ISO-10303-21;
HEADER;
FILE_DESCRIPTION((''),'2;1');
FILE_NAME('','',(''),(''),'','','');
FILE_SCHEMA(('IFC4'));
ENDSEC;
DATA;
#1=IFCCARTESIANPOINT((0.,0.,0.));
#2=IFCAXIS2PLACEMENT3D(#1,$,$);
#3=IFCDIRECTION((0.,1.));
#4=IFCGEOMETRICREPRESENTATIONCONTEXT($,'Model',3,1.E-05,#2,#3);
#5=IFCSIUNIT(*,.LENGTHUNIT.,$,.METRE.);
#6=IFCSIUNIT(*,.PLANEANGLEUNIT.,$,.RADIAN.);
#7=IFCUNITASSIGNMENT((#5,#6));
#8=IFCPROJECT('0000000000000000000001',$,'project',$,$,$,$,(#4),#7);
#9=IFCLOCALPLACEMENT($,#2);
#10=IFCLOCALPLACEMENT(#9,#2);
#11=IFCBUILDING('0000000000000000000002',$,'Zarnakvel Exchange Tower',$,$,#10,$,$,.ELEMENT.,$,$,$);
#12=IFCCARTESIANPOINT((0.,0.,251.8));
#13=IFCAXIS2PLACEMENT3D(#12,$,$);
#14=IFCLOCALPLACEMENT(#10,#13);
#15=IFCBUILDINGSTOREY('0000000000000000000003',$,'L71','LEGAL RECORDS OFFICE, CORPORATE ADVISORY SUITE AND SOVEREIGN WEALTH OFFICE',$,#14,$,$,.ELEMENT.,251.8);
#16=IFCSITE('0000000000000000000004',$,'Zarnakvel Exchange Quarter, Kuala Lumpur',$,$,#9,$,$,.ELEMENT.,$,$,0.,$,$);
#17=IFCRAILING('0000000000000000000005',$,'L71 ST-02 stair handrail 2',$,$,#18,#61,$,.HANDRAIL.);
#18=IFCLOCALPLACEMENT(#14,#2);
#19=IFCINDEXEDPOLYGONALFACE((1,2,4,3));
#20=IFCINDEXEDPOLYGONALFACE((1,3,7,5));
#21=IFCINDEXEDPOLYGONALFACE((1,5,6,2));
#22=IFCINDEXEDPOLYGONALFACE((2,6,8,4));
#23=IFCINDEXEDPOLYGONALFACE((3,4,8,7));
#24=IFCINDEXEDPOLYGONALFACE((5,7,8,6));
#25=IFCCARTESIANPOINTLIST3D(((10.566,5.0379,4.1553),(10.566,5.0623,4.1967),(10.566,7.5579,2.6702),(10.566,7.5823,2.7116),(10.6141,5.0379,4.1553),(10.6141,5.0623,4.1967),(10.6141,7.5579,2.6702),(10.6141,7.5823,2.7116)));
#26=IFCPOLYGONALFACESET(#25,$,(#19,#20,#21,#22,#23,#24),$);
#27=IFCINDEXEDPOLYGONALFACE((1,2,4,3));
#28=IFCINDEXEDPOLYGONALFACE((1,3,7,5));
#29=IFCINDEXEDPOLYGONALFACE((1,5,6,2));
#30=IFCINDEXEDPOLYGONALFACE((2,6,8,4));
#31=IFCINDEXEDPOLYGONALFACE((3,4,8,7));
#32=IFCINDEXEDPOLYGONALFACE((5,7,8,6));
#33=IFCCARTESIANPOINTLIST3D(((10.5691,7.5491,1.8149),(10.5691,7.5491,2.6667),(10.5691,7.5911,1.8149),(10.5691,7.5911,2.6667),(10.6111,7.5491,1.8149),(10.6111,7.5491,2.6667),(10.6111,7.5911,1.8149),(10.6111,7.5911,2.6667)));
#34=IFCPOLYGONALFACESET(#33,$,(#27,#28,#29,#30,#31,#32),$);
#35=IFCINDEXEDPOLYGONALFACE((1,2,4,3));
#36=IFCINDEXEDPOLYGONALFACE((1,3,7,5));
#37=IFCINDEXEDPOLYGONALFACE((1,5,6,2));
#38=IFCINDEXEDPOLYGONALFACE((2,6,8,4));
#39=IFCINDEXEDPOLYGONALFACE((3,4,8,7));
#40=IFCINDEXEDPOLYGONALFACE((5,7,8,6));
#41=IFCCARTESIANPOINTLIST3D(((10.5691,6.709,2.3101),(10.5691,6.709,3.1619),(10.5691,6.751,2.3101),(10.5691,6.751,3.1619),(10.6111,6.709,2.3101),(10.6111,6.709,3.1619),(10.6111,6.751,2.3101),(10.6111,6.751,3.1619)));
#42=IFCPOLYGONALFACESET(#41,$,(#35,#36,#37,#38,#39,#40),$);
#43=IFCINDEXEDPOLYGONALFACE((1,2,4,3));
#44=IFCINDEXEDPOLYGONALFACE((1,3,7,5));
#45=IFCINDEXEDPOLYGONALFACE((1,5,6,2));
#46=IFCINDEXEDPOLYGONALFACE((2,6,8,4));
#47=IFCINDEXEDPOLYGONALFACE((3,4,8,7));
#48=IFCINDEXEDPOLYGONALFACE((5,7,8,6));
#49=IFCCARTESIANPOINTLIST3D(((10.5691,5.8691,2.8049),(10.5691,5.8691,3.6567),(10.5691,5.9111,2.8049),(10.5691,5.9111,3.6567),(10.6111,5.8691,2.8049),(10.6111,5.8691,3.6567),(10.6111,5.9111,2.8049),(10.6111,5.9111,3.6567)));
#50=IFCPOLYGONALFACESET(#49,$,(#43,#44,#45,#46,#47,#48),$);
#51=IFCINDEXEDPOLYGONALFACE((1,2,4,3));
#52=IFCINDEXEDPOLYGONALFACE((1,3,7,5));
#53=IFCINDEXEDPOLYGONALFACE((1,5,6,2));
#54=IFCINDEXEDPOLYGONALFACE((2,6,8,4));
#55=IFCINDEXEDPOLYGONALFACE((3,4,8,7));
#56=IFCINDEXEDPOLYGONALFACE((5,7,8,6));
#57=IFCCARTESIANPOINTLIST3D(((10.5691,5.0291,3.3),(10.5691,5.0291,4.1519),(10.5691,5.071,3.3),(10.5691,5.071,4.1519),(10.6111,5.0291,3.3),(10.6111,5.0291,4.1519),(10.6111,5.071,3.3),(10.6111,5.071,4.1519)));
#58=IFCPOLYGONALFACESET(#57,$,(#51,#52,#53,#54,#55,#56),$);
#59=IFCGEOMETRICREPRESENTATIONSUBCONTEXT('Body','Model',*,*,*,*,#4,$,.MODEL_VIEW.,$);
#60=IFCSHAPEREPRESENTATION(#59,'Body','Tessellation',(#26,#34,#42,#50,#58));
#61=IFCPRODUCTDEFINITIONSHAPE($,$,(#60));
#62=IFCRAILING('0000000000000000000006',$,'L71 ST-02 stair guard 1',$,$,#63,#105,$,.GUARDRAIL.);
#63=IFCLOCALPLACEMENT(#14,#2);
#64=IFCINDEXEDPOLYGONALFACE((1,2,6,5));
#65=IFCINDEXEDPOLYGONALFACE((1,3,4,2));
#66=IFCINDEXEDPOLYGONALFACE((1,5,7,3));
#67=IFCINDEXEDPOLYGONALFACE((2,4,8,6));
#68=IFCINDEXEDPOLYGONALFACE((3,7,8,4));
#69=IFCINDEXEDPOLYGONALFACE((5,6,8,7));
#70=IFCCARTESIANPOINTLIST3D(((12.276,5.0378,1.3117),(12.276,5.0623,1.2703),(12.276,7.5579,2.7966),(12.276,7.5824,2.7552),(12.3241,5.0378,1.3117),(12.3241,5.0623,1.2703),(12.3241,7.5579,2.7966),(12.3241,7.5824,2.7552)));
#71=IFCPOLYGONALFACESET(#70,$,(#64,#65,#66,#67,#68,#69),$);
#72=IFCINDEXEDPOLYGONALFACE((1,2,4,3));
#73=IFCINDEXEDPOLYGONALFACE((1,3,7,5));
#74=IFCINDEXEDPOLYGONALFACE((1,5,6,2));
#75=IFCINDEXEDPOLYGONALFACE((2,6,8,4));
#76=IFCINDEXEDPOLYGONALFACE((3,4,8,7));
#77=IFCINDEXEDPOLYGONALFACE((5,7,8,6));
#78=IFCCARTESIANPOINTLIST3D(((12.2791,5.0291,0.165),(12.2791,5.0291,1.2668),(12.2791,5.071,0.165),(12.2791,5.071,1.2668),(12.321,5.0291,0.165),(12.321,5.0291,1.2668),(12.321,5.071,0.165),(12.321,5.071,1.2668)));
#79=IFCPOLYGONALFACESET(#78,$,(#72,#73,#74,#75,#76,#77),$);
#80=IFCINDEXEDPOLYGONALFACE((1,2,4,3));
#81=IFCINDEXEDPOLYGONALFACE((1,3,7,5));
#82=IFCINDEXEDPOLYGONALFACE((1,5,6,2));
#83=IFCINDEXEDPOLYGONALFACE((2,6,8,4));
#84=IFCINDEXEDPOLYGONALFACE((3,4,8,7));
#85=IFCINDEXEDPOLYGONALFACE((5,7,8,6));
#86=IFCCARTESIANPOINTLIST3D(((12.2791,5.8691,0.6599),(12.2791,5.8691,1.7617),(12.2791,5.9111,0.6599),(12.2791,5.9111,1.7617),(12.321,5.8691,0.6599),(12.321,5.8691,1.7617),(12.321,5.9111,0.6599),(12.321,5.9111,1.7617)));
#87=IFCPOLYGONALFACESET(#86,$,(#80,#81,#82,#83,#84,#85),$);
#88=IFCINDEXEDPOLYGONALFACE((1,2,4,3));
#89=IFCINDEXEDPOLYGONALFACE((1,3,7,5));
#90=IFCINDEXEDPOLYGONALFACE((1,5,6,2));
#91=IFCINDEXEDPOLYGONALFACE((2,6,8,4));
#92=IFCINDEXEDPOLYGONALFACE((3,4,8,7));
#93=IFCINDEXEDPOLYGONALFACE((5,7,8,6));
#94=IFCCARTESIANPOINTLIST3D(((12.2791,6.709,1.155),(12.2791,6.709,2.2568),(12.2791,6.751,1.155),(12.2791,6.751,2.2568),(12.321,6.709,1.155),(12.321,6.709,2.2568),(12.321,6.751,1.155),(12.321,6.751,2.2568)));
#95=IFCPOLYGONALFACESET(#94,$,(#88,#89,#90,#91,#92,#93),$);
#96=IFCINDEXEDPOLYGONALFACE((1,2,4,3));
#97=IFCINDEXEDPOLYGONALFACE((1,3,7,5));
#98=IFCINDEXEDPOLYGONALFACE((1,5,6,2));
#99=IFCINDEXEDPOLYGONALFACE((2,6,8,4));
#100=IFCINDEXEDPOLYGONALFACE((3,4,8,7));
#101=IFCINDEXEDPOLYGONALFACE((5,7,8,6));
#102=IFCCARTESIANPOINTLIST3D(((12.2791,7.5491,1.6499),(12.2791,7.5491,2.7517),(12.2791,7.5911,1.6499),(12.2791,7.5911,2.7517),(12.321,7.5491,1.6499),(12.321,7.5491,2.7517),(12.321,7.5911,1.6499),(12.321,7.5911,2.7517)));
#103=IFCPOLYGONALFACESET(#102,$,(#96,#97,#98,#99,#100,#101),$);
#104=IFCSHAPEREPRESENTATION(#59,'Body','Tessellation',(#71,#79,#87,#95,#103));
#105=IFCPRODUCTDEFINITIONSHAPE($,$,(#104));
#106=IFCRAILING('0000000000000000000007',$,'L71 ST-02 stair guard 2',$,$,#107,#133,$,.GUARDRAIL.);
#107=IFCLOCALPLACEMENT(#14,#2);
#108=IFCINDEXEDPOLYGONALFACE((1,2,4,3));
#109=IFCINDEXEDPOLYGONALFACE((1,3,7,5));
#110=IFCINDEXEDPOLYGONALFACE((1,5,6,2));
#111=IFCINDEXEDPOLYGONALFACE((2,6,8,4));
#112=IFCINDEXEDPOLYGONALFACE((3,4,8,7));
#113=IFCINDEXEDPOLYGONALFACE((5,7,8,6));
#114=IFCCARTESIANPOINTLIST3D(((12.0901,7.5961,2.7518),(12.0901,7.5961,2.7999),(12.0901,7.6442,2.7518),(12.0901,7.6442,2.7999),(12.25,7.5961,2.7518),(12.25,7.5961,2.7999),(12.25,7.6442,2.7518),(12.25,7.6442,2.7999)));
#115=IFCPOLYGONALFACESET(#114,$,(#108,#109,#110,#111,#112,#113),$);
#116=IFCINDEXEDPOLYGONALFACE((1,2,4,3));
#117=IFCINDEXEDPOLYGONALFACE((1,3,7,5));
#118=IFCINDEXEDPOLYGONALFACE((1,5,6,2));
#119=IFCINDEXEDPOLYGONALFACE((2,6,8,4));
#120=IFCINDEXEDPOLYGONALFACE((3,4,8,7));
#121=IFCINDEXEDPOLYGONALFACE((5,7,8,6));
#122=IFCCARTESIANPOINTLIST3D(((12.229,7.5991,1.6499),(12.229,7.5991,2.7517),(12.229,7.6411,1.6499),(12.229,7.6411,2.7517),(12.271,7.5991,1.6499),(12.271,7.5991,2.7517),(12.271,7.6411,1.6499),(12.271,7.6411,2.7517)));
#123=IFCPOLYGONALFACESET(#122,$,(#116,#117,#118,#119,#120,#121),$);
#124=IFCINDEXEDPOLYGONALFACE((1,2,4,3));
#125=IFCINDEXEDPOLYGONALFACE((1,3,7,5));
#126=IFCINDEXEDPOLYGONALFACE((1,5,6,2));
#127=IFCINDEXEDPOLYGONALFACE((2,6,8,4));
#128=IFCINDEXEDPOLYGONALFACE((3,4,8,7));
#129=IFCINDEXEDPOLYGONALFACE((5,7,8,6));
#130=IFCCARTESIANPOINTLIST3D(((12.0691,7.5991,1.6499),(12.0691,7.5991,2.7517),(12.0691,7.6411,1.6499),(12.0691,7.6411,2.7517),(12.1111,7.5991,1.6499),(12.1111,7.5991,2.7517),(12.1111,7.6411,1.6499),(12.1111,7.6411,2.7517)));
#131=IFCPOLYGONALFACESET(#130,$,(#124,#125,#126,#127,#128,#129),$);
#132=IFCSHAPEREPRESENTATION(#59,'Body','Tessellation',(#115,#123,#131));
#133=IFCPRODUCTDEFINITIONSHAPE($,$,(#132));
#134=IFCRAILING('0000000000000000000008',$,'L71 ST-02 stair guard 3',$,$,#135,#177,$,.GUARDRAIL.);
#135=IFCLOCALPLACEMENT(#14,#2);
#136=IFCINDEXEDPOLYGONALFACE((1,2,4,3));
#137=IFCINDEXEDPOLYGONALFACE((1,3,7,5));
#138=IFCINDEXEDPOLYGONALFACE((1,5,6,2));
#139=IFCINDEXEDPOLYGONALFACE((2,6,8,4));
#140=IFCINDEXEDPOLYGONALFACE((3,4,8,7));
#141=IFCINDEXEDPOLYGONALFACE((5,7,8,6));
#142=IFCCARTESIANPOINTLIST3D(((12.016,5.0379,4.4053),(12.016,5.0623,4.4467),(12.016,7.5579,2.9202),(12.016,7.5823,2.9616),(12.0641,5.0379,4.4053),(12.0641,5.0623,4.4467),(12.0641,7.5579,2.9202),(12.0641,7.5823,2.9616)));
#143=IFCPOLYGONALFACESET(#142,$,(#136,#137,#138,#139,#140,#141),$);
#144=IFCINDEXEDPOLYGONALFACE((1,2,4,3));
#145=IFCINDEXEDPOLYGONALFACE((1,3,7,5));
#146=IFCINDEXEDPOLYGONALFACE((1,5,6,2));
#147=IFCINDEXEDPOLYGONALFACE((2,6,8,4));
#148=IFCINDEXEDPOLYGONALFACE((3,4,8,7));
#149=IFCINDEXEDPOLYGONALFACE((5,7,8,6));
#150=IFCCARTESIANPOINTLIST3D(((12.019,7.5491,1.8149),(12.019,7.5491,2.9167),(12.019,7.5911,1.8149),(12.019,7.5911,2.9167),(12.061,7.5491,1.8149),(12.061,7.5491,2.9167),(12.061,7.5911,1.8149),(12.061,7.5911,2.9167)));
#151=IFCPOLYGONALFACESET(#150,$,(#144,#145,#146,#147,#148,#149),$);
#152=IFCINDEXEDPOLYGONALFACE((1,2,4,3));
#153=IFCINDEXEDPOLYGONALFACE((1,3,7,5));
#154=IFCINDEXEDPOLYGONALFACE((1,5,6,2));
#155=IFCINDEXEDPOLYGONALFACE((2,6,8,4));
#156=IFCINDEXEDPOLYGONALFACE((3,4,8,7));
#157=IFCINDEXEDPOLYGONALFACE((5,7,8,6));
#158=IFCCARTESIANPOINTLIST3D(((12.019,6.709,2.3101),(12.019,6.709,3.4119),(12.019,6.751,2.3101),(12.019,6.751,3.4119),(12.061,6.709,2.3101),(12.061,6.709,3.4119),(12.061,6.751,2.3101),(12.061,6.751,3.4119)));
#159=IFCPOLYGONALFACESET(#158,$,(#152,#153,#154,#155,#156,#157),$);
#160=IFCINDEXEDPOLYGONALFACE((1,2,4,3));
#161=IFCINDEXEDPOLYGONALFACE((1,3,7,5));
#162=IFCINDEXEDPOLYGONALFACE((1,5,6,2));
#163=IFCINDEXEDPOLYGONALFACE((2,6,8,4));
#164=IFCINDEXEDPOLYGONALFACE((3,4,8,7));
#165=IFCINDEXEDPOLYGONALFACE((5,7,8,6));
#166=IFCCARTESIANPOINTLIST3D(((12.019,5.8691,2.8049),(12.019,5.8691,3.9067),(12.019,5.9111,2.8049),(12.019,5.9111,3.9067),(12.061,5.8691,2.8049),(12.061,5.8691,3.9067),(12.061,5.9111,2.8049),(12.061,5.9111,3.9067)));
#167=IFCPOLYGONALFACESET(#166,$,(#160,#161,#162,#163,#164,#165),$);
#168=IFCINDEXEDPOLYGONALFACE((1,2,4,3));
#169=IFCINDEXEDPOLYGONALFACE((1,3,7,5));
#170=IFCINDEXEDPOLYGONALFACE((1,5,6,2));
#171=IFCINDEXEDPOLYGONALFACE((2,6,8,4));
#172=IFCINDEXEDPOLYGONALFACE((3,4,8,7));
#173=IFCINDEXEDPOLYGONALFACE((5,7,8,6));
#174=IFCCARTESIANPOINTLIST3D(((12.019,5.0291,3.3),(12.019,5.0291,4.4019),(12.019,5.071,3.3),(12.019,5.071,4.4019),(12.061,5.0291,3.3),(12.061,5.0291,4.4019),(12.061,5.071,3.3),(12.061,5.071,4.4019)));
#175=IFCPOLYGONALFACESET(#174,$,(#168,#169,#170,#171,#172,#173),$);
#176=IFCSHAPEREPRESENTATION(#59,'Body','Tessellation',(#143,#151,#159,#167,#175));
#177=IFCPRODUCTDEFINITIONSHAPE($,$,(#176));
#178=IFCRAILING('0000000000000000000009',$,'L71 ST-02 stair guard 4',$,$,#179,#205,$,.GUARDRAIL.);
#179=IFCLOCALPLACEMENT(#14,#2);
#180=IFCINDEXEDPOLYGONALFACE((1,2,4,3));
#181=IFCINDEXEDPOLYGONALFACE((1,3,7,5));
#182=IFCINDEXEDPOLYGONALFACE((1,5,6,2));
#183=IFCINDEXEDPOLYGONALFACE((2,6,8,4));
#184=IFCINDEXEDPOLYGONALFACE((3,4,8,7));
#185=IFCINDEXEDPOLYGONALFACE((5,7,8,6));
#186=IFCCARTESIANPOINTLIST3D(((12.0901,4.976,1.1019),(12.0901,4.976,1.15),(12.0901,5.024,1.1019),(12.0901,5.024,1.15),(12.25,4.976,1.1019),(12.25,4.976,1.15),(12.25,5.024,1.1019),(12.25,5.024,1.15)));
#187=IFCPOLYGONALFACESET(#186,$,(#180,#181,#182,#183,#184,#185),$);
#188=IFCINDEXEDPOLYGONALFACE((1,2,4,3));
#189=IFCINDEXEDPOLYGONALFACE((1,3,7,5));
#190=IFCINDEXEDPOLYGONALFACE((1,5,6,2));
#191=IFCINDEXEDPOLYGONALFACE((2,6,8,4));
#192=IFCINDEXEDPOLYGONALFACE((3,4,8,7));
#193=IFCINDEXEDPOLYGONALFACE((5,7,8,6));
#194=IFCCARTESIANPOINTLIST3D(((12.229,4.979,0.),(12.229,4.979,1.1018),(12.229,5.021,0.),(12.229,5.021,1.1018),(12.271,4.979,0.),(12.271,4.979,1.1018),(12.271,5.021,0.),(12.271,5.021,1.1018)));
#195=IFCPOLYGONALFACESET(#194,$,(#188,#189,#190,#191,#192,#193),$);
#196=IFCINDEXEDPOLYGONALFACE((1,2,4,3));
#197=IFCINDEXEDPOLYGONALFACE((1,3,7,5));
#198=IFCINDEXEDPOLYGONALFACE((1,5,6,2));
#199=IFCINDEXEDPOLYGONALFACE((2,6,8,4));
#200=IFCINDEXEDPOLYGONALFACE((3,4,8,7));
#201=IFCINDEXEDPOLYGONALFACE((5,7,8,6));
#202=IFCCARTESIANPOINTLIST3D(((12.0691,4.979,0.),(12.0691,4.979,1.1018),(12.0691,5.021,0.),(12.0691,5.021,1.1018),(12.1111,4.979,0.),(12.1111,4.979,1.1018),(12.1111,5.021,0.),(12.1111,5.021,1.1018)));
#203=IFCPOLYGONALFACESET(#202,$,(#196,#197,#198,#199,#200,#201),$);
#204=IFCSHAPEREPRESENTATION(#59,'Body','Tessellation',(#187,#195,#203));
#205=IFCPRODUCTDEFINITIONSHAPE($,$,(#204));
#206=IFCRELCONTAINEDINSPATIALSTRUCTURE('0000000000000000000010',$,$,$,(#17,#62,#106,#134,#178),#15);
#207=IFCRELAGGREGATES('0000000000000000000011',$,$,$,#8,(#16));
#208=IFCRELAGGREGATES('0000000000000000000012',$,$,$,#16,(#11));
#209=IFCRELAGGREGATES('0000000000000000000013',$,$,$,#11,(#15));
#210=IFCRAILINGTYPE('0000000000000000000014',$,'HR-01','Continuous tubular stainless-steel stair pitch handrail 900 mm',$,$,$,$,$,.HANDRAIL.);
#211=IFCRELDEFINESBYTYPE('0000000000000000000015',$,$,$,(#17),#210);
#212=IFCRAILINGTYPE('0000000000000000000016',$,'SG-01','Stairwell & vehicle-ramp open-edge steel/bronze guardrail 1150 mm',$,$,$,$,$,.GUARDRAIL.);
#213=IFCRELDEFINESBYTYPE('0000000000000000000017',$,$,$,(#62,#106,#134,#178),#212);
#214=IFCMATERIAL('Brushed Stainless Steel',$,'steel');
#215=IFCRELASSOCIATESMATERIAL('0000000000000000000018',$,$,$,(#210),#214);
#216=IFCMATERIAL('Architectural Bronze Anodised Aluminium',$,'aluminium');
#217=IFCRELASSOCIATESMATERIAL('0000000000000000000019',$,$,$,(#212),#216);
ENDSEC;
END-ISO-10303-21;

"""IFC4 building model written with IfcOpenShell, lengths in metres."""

from ifc_helpers import new_model, si_unit, direction, frame, origin, origin_2d, place, context, subcontext, project, spatial, rectangle, extrude, material, type_object, element, save


model = new_model("IFC4")

# Units and contexts
model_context = context("Model", 3, precision=1e-05, world=origin(), true_north=direction((0.0, 1.0)))
body_context = subcontext(model_context, "Body", "Model", "MODEL_VIEW")
ifc_project = project(units=[si_unit("LENGTHUNIT", "METRE"), si_unit("PLANEANGLEUNIT", "RADIAN")], contexts=[model_context])

# Site, building, storey
site_placement = place(None, origin())
site = spatial("IfcSite", under=ifc_project, at=site_placement, Name="Zarnakvel Exchange Quarter, Kuala Lumpur", CompositionType="ELEMENT", RefElevation=0.0)
building_placement = place(site_placement, origin())
building = spatial("IfcBuilding", under=site, at=building_placement, Name="Zarnakvel Exchange Tower", CompositionType="ELEMENT")
storey_placement = place(building_placement, frame((0.0, 0.0, 251.8)))
storey = spatial("IfcBuildingStorey", under=building, at=storey_placement, Name="L71", Description="LEGAL RECORDS OFFICE, CORPORATE ADVISORY SUITE AND SOVEREIGN WEALTH OFFICE", CompositionType="ELEMENT", Elevation=251.8)

# Shared definitions
ifc_material_1 = material(Name="Architectural Bronze Anodised Aluminium", Category="aluminium")

# Railings
ifc_material_2 = material(Name="Brushed Stainless Steel", Category="steel")
railing_type_1 = type_object("IfcRailingType", Name="HR-01", Description="Continuous tubular stainless-steel stair pitch handrail 900 mm", PredefinedType="HANDRAIL", material=ifc_material_2)
railing_1_placement = place(storey_placement, frame((10.5901, 7.5701, 1.8149)))
element("IfcRailing", 1, at=railing_1_placement, inside=storey, type_object=railing_type_1, Name="L71 ST-02 stair handrail 2", PredefinedType="HANDRAIL", context=body_context, shape_type="SweptSolid", body=[
    extrude(rectangle(XDim=0.0481, YDim=0.0481, at=origin_2d()), frame((0.0, 0.0, 0.876), z_axis=(0.0, -0.861524, 0.507717), x_axis=(1.0, 0.0, 0.0)), (0.0, 0.0, 1.0), 2.925),
    extrude(rectangle(XDim=0.042, YDim=0.042, at=origin_2d()), origin(), (0.0, 0.0, 1.0), 0.8518),
    extrude(rectangle(XDim=0.042, YDim=0.042, at=origin_2d()), frame((0.0, -0.8401, 0.4951)), (0.0, 0.0, 1.0), 0.8518),
    extrude(rectangle(XDim=0.042, YDim=0.042, at=origin_2d()), frame((0.0, -1.6799, 0.99)), (0.0, 0.0, 1.0), 0.8518),
    extrude(rectangle(XDim=0.042, YDim=0.042, at=origin_2d()), frame((0.0, -2.52, 1.4851)), (0.0, 0.0, 1.0), 0.8518),
])
railing_type_2 = type_object("IfcRailingType", Name="SG-01", Description="Stairwell & vehicle-ramp open-edge steel/bronze guardrail 1150 mm", PredefinedType="GUARDRAIL", material=ifc_material_1)
railing_2_placement = place(storey_placement, frame((12.3, 5.05, 0.165)))
element("IfcRailing", 2, at=railing_2_placement, inside=storey, type_object=railing_type_2, Name="L71 ST-02 stair guard 1", PredefinedType="GUARDRAIL", context=body_context, shape_type="SweptSolid", body=[
    extrude(rectangle(XDim=0.0481, YDim=0.0481, at=origin_2d()), frame((0.0, 0.0, 1.126), z_axis=(0.0, 0.861561, 0.507655), x_axis=(-1.0, 0.0, 0.0)), (0.0, 0.0, 1.0), 2.925),
    extrude(rectangle(XDim=0.042, YDim=0.042, at=origin_2d()), origin(), (0.0, 0.0, 1.0), 1.1018),
    extrude(rectangle(XDim=0.042, YDim=0.042, at=origin_2d()), frame((0.0, 0.8401, 0.4949)), (0.0, 0.0, 1.0), 1.1018),
    extrude(rectangle(XDim=0.042, YDim=0.042, at=origin_2d()), frame((0.0, 1.6799, 0.99)), (0.0, 0.0, 1.0), 1.1018),
    extrude(rectangle(XDim=0.042, YDim=0.042, at=origin_2d()), frame((0.0, 2.52, 1.4849)), (0.0, 0.0, 1.0), 1.1018),
])
railing_3_placement = place(storey_placement, frame((12.25, 7.6201, 1.6499)))
element("IfcRailing", 3, at=railing_3_placement, inside=storey, type_object=railing_type_2, Name="L71 ST-02 stair guard 2", PredefinedType="GUARDRAIL", context=body_context, shape_type="SweptSolid", body=[
    extrude(rectangle(XDim=0.0481, YDim=0.0481, at=origin_2d()), frame((0.0, 0.0, 1.126), z_axis=(-1.0, 0.0, 0.0), x_axis=(0.0, -1.0, 0.0)), (0.0, 0.0, 1.0), 0.1599),
    extrude(rectangle(XDim=0.042, YDim=0.042, at=origin_2d()), origin(), (0.0, 0.0, 1.0), 1.1018),
    extrude(rectangle(XDim=0.042, YDim=0.042, at=origin_2d()), frame((-0.1599, 0.0, 0.0)), (0.0, 0.0, 1.0), 1.1018),
])
railing_4_placement = place(storey_placement, frame((12.04, 7.5701, 1.8149)))
element("IfcRailing", 4, at=railing_4_placement, inside=storey, type_object=railing_type_2, Name="L71 ST-02 stair guard 3", PredefinedType="GUARDRAIL", context=body_context, shape_type="SweptSolid", body=[
    extrude(rectangle(XDim=0.0481, YDim=0.0481, at=origin_2d()), frame((0.0, 0.0, 1.126), z_axis=(0.0, -0.861524, 0.507717), x_axis=(1.0, 0.0, 0.0)), (0.0, 0.0, 1.0), 2.925),
    extrude(rectangle(XDim=0.042, YDim=0.042, at=origin_2d()), origin(), (0.0, 0.0, 1.0), 1.1018),
    extrude(rectangle(XDim=0.042, YDim=0.042, at=origin_2d()), frame((0.0, -0.8401, 0.4951)), (0.0, 0.0, 1.0), 1.1018),
    extrude(rectangle(XDim=0.042, YDim=0.042, at=origin_2d()), frame((0.0, -1.6799, 0.99)), (0.0, 0.0, 1.0), 1.1018),
    extrude(rectangle(XDim=0.042, YDim=0.042, at=origin_2d()), frame((0.0, -2.52, 1.4851)), (0.0, 0.0, 1.0), 1.1018),
])
railing_5_placement = place(storey_placement, frame((12.25, 5.0, 0.0)))
element("IfcRailing", 5, at=railing_5_placement, inside=storey, type_object=railing_type_2, Name="L71 ST-02 stair guard 4", PredefinedType="GUARDRAIL", context=body_context, shape_type="SweptSolid", body=[
    extrude(rectangle(XDim=0.0481, YDim=0.0481, at=origin_2d()), frame((0.0, 0.0, 1.126), z_axis=(-1.0, 0.0, 0.0), x_axis=(0.0, -1.0, 0.0)), (0.0, 0.0, 1.0), 0.1599),
    extrude(rectangle(XDim=0.042, YDim=0.042, at=origin_2d()), origin(), (0.0, 0.0, 1.0), 1.1018),
    extrude(rectangle(XDim=0.042, YDim=0.042, at=origin_2d()), frame((-0.1599, 0.0, 0.0)), (0.0, 0.0, 1.0), 1.1018),
])

save(model, "model.ifc")
